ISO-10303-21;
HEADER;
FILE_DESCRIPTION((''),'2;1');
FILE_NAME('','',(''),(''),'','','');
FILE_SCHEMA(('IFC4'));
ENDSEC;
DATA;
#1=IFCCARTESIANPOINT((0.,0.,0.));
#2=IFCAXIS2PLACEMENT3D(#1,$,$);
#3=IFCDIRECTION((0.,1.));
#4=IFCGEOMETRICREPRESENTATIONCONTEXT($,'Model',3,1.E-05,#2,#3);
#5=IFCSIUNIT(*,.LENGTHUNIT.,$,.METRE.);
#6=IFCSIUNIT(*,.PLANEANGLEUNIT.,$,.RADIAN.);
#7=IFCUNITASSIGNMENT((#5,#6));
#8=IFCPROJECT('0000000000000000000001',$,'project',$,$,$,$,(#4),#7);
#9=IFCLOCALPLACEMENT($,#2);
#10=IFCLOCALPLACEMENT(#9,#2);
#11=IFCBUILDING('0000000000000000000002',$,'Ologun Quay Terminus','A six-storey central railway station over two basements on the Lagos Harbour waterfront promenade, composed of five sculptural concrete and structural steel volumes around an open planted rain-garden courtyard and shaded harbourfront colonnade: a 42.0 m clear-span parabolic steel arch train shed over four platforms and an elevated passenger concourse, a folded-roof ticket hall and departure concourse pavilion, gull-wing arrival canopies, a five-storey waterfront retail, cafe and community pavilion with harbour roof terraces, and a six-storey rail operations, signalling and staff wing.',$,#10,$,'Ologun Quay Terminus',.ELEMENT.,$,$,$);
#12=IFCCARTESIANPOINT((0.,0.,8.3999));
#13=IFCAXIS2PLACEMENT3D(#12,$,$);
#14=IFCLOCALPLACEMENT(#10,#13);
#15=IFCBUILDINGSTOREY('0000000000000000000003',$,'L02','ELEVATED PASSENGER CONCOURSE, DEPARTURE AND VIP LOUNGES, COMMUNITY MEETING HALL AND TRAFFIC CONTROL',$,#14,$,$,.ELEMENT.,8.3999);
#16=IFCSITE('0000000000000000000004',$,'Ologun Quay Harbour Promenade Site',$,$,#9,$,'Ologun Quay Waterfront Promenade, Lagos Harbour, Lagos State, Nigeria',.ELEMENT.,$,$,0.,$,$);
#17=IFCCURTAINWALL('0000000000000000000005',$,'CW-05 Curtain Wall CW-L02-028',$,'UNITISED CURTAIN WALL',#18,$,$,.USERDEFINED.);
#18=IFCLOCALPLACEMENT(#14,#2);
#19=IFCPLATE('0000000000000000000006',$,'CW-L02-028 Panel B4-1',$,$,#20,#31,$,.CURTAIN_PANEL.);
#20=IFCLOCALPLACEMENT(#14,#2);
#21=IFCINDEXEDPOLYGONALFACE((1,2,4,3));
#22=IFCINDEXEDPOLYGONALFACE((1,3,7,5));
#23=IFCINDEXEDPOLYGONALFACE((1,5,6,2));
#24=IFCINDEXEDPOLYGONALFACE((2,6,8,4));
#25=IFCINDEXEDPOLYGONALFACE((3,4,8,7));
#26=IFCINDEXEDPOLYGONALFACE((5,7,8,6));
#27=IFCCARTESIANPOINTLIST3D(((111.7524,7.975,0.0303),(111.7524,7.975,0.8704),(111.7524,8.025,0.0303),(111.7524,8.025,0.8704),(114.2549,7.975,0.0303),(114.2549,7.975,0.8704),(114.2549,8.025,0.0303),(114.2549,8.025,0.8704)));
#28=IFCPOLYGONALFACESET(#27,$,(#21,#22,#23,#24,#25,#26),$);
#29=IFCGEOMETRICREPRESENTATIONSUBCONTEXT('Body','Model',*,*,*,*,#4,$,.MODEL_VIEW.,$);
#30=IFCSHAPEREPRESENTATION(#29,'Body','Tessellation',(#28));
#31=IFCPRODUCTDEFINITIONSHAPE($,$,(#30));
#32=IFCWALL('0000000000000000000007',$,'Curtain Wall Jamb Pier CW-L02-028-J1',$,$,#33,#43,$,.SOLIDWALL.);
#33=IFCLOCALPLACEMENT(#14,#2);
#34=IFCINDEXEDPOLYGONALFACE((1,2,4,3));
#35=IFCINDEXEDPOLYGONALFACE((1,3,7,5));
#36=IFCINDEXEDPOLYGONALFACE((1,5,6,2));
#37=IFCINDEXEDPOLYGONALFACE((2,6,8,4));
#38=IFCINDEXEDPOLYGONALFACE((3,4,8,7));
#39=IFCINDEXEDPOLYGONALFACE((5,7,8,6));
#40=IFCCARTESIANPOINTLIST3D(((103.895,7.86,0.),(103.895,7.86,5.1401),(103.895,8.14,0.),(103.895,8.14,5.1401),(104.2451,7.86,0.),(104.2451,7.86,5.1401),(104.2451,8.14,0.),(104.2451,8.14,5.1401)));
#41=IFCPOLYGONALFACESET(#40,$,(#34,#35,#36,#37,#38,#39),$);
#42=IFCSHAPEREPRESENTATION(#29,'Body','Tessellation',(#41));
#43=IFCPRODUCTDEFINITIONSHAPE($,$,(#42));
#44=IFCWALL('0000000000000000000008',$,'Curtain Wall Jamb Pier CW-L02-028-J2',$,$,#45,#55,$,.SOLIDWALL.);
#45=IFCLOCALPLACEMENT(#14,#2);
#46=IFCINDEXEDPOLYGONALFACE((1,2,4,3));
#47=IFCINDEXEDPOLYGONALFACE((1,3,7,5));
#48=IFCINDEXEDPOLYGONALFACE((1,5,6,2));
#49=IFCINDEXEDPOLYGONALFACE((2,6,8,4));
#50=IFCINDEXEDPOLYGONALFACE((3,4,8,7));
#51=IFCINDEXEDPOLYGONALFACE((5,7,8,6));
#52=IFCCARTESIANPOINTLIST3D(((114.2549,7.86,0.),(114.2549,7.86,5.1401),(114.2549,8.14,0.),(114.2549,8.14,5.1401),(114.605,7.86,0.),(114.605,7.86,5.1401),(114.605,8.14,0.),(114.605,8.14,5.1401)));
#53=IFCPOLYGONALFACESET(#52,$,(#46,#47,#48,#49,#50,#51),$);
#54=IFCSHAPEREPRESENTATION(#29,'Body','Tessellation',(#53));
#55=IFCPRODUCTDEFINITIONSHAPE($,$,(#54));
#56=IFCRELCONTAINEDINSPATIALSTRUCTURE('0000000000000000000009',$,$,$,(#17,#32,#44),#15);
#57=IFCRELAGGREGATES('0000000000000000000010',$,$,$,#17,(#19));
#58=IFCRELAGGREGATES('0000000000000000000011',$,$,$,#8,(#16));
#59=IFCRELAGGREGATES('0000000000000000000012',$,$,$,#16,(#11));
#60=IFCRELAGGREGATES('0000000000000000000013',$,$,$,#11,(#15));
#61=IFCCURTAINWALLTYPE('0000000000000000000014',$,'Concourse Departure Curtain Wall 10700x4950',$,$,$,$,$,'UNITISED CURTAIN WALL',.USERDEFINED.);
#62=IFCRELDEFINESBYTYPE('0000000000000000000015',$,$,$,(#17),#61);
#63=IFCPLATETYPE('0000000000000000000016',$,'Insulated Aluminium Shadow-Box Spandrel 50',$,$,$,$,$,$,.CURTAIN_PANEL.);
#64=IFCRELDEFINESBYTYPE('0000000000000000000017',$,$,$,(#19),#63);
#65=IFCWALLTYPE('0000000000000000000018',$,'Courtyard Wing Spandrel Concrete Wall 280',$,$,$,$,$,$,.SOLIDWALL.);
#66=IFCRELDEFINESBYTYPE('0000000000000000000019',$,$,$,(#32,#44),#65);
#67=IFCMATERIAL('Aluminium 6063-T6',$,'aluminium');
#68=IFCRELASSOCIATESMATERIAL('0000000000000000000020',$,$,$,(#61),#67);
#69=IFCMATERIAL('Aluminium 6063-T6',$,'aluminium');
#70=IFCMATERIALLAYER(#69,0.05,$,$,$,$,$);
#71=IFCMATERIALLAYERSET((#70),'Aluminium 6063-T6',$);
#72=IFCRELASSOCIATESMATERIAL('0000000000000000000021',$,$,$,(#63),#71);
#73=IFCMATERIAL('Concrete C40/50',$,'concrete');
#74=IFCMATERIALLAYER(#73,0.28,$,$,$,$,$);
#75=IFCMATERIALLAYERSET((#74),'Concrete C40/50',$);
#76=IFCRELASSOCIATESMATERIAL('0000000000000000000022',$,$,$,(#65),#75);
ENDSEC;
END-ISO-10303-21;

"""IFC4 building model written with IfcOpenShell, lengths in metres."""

from ifc_helpers import new_model, si_unit, direction, frame, frame_2d, origin, origin_2d, place, context, subcontext, project, spatial, rectangle, extrude, material, layer, layer_set, type_object, element, aggregate, save


model = new_model("IFC4")

# Units and contexts
model_context = context("Model", 3, precision=1e-05, world=origin(), true_north=direction((0.0, 1.0)))
body_context = subcontext(model_context, "Body", "Model", "MODEL_VIEW")
ifc_project = project(units=[si_unit("LENGTHUNIT", "METRE"), si_unit("PLANEANGLEUNIT", "RADIAN")], contexts=[model_context])

# Site, building, storey
site_placement = place(None, origin())
site = spatial("IfcSite", under=ifc_project, at=site_placement, Name="Ologun Quay Harbour Promenade Site", LongName="Ologun Quay Waterfront Promenade, Lagos Harbour, Lagos State, Nigeria", CompositionType="ELEMENT", RefElevation=0.0)
building_placement = place(site_placement, origin())
building = spatial("IfcBuilding", under=site, at=building_placement, Name="Ologun Quay Terminus", Description="A six-storey central railway station over two basements on the Lagos Harbour waterfront promenade, composed of five sculptural concrete and structural steel volumes around an open planted rain-garden courtyard and shaded harbourfront colonnade: a 42.0 m clear-span parabolic steel arch train shed over four platforms and an elevated passenger concourse, a folded-roof ticket hall and departure concourse pavilion, gull-wing arrival canopies, a five-storey waterfront retail, cafe and community pavilion with harbour roof terraces, and a six-storey rail operations, signalling and staff wing.", LongName="Ologun Quay Terminus", CompositionType="ELEMENT")
storey_placement = place(building_placement, frame((0.0, 0.0, 8.3999)))
storey = spatial("IfcBuildingStorey", under=building, at=storey_placement, Name="L02", Description="ELEVATED PASSENGER CONCOURSE, DEPARTURE AND VIP LOUNGES, COMMUNITY MEETING HALL AND TRAFFIC CONTROL", CompositionType="ELEMENT", Elevation=8.3999)

# Curtain wall
ifc_material_1 = material(Name="Aluminium 6063-T6", Category="aluminium")
curtain_wall_type = type_object("IfcCurtainWallType", Name="Concourse Departure Curtain Wall 10700x4950", ElementType="UNITISED CURTAIN WALL", PredefinedType="USERDEFINED", material=ifc_material_1)
curtain_wall_placement = place(storey_placement, origin())
curtain_wall = element("IfcCurtainWall", 1, at=curtain_wall_placement, inside=storey, type_object=curtain_wall_type, Name="CW-05 Curtain Wall CW-L02-028", ObjectType="UNITISED CURTAIN WALL", PredefinedType="USERDEFINED")

# Plate
ifc_material_2 = material(Name="Aluminium 6063-T6", Category="aluminium")
ifc_layer_1 = layer(ifc_material_2, 0.05)
ifc_layer_set_1 = layer_set([ifc_layer_1], Name="Aluminium 6063-T6")
plate_type_1 = type_object("IfcPlateType", Name="Insulated Aluminium Shadow-Box Spandrel 50", PredefinedType="CURTAIN_PANEL", material=ifc_layer_set_1)
plate_1_placement = place(storey_placement, frame((113.0037, 8.0, 0.0303), z_axis=(0.0, 0.0, 1.0), x_axis=(1.0, 0.0, 0.0)))
plate_1 = element("IfcPlate", 2, at=plate_1_placement, type_object=plate_type_1, Name="CW-L02-028 Panel B4-1", PredefinedType="CURTAIN_PANEL", context=body_context, shape_type="SweptSolid", body=[
    extrude(rectangle(XDim=2.5024, YDim=0.05, at=origin_2d()), origin(), (0.0, 0.0, 1.0), 0.8401),
])
aggregate(curtain_wall, [plate_1])

# Walls
ifc_material_3 = material(Name="Concrete C40/50", Category="concrete")
ifc_layer_2 = layer(ifc_material_3, 0.28)
ifc_layer_set_2 = layer_set([ifc_layer_2], Name="Concrete C40/50")
wall_type = type_object("IfcWallType", Name="Courtyard Wing Spandrel Concrete Wall 280", PredefinedType="SOLIDWALL", material=ifc_layer_set_2)
for number, where, z_axis, x_axis, name in (
    (3, (103.895, 8.0, 0.0), (0.0, 0.0, 1.0), (1.0, 0.0, 0.0), "Curtain Wall Jamb Pier CW-L02-028-J1"),
    (4, (114.2549, 8.0, 0.0), (0.0, 0.0, 1.0), (1.0, 0.0, 0.0), "Curtain Wall Jamb Pier CW-L02-028-J2"),
):
    element("IfcWall", number, at=place(storey_placement, frame(where, z_axis=z_axis, x_axis=x_axis)), inside=storey, type_object=wall_type, Name=name, PredefinedType="SOLIDWALL", context=body_context, shape_type="SweptSolid", body=[
        extrude(rectangle(XDim=0.3501, YDim=0.28, at=frame_2d((0.175, 0.0))), origin(), (0.0, 0.0, 1.0), 5.1401),
    ])

save(model, "model.ifc")
